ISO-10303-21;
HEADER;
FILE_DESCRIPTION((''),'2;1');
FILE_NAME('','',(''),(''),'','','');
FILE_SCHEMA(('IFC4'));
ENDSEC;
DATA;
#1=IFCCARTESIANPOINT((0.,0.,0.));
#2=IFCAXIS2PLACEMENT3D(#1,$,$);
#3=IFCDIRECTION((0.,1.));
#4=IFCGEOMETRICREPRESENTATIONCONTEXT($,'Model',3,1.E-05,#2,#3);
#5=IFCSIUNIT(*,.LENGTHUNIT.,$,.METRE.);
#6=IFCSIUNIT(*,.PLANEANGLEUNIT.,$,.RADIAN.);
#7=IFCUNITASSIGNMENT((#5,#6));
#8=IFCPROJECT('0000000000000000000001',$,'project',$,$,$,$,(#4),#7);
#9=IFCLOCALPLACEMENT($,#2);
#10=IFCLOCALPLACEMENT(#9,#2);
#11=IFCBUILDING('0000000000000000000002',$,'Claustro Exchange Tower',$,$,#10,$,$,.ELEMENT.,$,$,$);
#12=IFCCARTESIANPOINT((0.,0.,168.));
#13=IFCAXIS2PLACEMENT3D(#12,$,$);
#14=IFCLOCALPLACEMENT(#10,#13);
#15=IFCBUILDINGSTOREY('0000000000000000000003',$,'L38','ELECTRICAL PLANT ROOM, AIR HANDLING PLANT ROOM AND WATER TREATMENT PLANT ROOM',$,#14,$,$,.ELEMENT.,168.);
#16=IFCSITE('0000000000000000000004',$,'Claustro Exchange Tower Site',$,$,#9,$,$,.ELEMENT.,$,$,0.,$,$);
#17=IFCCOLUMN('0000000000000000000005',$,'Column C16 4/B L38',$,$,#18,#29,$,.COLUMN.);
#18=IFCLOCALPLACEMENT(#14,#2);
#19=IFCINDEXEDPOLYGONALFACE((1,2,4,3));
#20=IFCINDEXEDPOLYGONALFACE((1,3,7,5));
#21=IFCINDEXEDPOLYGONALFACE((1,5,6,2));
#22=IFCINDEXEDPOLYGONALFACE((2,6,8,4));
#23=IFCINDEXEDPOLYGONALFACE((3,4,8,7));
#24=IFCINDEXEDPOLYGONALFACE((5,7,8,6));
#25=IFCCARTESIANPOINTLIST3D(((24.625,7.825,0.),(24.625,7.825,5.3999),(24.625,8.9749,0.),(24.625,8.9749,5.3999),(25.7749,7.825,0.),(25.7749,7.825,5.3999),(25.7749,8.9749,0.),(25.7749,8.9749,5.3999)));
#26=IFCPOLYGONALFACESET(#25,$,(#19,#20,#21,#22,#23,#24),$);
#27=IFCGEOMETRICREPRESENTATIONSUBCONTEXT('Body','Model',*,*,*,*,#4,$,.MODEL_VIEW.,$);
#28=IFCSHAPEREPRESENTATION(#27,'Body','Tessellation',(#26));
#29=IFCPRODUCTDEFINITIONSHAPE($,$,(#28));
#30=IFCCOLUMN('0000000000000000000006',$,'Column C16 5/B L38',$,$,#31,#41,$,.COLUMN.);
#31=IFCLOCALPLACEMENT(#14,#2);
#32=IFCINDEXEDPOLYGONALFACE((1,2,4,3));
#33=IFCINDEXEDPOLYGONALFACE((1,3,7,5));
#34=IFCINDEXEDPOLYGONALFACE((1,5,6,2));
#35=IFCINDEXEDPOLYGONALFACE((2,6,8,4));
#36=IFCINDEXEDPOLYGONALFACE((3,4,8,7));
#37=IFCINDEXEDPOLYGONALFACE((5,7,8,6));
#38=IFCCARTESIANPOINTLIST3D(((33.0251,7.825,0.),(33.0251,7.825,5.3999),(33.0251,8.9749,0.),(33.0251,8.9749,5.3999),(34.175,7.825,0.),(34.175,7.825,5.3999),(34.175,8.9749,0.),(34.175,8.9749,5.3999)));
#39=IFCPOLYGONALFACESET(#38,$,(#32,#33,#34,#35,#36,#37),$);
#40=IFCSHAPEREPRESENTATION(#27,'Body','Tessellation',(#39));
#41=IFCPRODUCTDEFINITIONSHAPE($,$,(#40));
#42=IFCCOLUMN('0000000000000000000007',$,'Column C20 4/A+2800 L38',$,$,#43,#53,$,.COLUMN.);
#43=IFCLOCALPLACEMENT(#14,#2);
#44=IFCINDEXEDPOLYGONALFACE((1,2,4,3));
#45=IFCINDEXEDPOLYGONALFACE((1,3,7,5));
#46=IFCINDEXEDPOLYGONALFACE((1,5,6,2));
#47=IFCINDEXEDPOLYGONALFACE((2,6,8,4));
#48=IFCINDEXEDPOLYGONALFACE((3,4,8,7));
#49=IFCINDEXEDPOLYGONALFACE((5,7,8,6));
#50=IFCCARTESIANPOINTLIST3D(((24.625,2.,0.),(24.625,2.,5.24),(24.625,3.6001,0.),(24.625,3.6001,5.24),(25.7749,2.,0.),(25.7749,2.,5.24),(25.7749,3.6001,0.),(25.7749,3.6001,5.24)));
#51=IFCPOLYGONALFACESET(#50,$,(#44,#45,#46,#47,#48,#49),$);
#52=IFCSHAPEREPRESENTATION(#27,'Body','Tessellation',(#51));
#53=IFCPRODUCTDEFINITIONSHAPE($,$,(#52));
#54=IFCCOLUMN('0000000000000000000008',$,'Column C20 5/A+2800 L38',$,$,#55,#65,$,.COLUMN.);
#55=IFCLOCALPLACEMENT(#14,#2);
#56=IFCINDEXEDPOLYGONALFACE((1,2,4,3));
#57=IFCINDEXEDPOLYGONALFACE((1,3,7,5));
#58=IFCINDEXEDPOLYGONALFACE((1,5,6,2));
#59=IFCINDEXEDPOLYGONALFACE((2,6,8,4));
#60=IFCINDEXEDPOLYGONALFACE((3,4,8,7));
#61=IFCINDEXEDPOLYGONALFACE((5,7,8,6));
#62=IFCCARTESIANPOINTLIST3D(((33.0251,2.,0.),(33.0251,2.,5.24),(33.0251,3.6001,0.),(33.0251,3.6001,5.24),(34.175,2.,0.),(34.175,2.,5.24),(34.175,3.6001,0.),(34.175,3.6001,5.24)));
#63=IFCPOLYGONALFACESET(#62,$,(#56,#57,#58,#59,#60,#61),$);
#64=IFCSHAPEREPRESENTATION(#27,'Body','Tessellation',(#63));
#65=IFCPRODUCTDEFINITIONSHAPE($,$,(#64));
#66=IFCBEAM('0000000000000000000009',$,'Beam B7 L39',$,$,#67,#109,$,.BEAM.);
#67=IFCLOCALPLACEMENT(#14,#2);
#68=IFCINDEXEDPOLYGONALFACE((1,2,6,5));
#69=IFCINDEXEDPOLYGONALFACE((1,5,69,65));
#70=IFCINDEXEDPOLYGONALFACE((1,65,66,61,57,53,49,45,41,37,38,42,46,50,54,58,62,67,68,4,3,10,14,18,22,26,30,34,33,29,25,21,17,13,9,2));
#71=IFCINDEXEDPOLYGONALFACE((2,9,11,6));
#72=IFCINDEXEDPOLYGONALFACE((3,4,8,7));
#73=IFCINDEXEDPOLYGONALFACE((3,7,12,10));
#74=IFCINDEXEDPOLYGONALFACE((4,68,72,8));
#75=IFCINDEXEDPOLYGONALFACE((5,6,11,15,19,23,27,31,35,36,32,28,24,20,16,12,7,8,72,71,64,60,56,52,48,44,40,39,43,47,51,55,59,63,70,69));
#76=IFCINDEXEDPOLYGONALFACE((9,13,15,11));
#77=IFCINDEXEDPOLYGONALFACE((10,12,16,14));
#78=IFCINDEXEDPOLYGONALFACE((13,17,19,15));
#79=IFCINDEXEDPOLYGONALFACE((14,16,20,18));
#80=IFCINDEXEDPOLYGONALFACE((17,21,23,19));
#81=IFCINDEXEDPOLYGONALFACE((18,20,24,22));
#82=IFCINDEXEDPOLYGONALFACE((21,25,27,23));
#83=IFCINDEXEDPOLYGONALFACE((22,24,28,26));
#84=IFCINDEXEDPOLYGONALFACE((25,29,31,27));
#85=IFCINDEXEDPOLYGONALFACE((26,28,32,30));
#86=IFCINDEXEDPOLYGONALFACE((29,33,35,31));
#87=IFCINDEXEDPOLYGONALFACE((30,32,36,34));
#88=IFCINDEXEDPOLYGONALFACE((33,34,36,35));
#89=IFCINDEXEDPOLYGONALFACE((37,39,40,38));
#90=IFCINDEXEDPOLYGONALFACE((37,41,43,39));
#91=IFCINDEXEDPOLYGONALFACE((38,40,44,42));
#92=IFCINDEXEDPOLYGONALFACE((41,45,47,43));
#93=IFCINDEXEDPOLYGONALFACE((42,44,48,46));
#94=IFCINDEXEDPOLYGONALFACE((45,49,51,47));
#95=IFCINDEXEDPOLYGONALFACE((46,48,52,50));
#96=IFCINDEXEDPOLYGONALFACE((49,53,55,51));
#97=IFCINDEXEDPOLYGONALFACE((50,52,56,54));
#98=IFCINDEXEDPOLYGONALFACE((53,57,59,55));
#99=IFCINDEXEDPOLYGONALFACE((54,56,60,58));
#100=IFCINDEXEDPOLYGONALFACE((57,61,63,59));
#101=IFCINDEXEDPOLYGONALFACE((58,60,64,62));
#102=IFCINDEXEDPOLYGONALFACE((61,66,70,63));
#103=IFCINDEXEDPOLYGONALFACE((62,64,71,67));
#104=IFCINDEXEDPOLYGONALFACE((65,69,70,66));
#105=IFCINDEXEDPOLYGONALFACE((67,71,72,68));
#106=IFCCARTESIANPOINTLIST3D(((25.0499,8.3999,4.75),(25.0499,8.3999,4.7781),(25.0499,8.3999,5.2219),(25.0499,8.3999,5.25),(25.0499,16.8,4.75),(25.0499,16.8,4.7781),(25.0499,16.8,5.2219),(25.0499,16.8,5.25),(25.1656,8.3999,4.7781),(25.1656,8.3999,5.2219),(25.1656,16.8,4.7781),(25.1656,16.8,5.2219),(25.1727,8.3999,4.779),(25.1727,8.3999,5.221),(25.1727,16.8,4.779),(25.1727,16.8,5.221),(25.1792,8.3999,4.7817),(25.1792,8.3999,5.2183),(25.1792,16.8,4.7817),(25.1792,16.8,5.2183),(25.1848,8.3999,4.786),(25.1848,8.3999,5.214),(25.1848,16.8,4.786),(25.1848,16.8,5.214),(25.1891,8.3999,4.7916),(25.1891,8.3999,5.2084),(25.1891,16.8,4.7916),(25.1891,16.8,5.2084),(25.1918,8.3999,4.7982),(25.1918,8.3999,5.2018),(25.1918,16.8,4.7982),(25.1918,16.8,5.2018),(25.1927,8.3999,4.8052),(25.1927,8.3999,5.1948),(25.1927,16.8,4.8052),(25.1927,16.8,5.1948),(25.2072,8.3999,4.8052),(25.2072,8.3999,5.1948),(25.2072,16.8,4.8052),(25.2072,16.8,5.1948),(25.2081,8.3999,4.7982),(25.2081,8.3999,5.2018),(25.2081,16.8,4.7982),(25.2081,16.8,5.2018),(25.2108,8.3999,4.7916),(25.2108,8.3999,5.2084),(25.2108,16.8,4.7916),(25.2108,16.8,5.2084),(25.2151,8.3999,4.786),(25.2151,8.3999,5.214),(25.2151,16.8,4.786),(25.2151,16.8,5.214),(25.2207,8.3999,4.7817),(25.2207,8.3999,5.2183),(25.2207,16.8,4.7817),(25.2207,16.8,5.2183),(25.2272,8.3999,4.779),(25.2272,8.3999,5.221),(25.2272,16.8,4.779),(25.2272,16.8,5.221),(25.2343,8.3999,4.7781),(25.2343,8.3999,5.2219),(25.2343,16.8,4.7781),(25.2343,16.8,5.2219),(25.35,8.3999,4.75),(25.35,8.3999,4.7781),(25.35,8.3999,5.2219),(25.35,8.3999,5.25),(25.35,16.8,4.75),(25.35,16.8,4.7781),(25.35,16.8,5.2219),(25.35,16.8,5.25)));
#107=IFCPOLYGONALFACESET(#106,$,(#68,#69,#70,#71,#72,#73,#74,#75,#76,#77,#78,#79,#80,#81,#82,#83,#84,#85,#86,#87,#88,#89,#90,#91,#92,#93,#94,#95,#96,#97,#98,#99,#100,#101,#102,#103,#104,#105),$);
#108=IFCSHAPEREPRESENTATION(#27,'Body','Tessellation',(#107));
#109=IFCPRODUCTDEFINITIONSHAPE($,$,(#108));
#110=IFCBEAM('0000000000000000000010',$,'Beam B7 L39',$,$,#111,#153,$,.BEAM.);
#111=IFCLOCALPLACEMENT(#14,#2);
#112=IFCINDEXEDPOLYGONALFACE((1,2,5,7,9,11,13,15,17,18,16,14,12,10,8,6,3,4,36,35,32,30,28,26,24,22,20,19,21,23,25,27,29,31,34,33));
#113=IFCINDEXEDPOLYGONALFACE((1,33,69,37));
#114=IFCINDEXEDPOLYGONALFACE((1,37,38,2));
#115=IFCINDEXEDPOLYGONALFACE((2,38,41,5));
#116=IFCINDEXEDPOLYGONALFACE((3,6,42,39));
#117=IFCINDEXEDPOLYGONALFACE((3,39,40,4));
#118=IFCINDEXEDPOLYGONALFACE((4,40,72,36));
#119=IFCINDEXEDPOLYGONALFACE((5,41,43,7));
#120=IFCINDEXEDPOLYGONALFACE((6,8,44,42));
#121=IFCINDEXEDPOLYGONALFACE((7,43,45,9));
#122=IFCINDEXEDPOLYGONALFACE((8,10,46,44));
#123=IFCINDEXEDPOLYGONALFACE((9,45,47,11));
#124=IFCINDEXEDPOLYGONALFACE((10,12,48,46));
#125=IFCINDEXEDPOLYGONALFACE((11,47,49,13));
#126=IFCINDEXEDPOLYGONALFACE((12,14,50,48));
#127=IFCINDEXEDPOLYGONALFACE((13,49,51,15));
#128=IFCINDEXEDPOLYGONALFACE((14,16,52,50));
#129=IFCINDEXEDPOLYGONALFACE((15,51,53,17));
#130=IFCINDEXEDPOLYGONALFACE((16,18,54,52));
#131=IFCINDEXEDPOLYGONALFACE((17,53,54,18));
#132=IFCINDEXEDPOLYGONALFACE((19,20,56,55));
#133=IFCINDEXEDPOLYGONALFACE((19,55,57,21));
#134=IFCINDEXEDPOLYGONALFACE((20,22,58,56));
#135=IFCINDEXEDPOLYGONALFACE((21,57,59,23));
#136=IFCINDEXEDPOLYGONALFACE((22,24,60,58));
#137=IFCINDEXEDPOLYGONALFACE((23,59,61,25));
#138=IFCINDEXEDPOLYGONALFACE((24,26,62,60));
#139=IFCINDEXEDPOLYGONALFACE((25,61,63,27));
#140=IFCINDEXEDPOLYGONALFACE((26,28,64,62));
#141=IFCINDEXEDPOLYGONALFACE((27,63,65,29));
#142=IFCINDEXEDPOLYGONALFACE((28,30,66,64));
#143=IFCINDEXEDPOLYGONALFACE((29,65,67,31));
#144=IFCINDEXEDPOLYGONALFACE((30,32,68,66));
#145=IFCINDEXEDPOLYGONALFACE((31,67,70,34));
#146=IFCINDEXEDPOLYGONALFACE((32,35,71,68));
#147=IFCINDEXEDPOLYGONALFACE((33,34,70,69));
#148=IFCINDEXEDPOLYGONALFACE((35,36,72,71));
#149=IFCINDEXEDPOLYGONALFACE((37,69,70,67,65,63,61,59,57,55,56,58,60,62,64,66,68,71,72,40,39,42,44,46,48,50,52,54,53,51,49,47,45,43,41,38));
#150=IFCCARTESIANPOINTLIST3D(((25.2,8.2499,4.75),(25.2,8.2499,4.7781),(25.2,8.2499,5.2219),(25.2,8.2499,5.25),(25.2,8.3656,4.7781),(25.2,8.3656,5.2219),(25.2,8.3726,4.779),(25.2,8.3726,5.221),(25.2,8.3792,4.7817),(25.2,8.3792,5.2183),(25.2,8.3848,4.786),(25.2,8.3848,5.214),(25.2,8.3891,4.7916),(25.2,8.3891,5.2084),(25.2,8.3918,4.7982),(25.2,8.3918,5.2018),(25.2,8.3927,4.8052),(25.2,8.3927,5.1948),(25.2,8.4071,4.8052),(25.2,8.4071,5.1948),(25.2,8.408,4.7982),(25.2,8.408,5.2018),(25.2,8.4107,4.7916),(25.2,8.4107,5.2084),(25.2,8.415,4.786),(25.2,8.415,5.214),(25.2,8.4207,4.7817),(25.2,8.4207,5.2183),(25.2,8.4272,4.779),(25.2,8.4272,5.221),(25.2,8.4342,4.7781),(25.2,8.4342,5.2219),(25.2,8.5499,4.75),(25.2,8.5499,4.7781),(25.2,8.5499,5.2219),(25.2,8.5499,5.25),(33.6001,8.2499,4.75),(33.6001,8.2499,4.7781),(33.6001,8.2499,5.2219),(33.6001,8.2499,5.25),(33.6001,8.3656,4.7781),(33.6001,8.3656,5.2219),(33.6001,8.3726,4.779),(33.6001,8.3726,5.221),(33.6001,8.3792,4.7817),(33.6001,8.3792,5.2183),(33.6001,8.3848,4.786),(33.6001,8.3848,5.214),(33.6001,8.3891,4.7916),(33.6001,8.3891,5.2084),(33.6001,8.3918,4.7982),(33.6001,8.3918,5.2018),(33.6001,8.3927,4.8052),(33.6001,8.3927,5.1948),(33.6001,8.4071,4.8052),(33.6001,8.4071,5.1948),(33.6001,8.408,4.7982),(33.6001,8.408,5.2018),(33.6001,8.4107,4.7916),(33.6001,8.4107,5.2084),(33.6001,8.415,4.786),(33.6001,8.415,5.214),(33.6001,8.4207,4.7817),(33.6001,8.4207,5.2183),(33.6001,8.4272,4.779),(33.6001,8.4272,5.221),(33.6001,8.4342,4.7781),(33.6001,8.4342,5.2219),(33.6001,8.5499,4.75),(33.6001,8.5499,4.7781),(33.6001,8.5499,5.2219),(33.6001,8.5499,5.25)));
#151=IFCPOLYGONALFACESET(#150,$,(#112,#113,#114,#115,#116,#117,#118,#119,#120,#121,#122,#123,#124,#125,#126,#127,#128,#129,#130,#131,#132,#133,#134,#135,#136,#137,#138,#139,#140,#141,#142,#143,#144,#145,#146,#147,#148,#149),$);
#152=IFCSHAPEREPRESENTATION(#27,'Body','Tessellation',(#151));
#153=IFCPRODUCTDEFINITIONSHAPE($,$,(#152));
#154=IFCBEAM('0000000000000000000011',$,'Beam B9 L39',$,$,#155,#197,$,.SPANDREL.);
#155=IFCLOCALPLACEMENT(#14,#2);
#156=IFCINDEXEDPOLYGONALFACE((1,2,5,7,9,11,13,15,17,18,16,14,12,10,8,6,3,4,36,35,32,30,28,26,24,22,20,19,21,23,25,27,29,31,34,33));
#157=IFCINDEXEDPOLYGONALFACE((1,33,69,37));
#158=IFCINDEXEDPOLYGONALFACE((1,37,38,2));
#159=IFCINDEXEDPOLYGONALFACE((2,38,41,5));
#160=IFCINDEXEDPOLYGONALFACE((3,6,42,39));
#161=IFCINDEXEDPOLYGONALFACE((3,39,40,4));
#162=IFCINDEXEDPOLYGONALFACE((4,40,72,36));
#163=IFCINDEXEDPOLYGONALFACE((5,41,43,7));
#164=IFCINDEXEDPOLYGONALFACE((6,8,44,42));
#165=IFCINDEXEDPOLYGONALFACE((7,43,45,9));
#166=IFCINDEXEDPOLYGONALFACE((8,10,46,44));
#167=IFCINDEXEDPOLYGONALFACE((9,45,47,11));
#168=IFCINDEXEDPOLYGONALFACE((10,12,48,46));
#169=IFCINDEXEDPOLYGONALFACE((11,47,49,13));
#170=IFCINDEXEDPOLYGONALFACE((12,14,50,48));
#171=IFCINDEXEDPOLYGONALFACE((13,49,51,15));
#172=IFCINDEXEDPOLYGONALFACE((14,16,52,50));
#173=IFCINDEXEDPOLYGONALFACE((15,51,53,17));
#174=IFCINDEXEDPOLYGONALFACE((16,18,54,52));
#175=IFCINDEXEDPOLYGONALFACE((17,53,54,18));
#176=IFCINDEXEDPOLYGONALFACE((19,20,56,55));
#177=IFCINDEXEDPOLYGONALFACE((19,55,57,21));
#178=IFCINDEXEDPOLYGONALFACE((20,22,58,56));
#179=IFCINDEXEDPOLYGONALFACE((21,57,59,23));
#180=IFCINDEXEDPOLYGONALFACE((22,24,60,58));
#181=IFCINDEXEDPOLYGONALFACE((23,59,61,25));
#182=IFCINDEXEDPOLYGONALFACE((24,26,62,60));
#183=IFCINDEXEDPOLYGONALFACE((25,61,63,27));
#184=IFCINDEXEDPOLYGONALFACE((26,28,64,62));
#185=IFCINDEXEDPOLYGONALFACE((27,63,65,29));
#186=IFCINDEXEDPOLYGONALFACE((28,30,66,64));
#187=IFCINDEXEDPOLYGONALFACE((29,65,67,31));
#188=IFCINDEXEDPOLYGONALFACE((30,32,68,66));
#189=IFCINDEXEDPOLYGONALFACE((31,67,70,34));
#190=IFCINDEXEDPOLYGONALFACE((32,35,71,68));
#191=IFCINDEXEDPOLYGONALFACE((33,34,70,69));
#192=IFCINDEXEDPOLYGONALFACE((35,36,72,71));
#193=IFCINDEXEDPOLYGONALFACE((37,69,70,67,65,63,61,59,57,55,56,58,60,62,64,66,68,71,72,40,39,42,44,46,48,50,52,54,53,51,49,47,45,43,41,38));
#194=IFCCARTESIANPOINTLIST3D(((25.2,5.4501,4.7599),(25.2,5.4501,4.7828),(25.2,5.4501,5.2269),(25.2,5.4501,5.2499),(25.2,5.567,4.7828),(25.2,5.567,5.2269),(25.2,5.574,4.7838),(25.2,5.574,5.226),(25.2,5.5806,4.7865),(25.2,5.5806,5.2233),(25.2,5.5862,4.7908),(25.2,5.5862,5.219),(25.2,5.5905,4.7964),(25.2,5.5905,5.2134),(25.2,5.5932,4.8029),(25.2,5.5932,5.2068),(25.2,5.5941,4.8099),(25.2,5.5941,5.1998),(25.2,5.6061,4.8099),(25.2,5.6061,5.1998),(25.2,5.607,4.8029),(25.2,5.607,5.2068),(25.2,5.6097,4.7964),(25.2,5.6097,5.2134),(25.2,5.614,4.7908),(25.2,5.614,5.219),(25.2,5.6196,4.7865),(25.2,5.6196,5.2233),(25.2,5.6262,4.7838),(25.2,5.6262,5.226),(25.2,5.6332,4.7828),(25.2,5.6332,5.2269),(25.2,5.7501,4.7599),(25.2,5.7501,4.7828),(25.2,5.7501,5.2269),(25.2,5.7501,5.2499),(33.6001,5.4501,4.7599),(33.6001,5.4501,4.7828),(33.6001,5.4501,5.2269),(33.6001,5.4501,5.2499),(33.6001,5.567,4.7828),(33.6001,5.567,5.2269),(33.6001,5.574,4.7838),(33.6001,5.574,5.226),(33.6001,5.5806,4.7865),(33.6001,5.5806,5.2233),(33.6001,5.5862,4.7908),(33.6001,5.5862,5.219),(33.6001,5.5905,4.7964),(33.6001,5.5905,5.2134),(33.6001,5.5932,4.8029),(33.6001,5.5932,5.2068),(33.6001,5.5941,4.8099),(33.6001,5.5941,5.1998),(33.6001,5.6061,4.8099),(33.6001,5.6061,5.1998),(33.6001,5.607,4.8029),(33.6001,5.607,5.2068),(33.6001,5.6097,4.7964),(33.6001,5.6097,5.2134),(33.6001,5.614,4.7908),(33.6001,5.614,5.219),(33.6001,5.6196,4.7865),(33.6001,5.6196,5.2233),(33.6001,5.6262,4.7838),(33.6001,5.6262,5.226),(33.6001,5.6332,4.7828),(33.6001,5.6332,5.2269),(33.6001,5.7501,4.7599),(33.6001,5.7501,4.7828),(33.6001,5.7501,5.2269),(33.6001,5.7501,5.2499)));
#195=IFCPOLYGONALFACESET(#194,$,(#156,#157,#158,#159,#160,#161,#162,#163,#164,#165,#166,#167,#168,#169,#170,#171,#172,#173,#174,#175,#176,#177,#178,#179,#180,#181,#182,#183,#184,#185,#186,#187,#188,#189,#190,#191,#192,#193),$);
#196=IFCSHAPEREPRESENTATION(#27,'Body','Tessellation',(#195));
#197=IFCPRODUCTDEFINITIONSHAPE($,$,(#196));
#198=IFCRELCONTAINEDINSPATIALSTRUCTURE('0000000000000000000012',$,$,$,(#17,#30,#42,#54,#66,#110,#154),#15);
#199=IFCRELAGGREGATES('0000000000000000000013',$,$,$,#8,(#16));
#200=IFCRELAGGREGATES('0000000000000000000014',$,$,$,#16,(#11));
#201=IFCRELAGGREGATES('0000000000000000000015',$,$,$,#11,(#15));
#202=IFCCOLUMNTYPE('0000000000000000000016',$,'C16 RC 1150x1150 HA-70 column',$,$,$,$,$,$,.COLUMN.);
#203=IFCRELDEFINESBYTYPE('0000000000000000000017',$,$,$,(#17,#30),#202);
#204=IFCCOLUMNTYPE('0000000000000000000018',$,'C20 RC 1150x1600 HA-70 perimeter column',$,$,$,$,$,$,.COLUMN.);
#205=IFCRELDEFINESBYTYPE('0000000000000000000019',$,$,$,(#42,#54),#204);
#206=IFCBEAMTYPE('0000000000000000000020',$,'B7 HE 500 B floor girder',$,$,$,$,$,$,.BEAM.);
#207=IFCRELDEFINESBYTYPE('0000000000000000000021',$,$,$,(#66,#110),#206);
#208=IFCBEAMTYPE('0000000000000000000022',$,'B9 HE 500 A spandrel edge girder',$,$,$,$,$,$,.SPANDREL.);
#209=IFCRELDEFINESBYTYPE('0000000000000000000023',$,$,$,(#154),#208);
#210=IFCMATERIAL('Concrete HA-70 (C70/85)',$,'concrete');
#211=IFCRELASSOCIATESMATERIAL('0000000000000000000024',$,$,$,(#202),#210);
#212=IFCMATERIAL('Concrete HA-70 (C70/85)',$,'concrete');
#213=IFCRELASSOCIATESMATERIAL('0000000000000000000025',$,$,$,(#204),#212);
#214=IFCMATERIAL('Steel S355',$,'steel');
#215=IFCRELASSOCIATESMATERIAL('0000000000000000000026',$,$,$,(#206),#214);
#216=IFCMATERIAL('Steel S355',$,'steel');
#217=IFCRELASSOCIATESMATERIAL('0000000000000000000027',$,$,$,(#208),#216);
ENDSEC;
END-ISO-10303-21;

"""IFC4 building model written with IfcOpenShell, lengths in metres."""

from ifc_helpers import new_model, si_unit, direction, frame, origin, origin_2d, place, context, subcontext, project, spatial, rectangle, i_section, extrude, material, material_profile, profile_set, type_object, element, save


model = new_model("IFC4")

# Units and contexts
model_context = context("Model", 3, precision=1e-05, world=origin(), true_north=direction((0.0, 1.0)))
body_context = subcontext(model_context, "Body", "Model", "MODEL_VIEW")
ifc_project = project(units=[si_unit("LENGTHUNIT", "METRE"), si_unit("PLANEANGLEUNIT", "RADIAN")], contexts=[model_context])

# Site, building, storey
site_placement = place(None, origin())
site = spatial("IfcSite", under=ifc_project, at=site_placement, Name="Claustro Exchange Tower Site", CompositionType="ELEMENT", RefElevation=0.0)
building_placement = place(site_placement, origin())
building = spatial("IfcBuilding", under=site, at=building_placement, Name="Claustro Exchange Tower", CompositionType="ELEMENT")
storey_placement = place(building_placement, frame((0.0, 0.0, 168.0)))
storey = spatial("IfcBuildingStorey", under=building, at=storey_placement, Name="L38", Description="ELECTRICAL PLANT ROOM, AIR HANDLING PLANT ROOM AND WATER TREATMENT PLANT ROOM", CompositionType="ELEMENT", Elevation=168.0)

# Columns
ifc_material_1 = material(Name="Concrete HA-70 (C70/85)", Category="concrete")
ifc_material_profile_1 = material_profile(ifc_material_1, rectangle(XDim=1.1499, YDim=1.1499, at=origin_2d()), Name="RC 1150x1150")
ifc_profile_set_1 = profile_set([ifc_material_profile_1], Name="Concrete HA-70 (C70/85)")
column_type_1 = type_object("IfcColumnType", Name="C16 RC 1150x1150 HA-70 column", PredefinedType="COLUMN", material=ifc_profile_set_1)
for number, where, z_axis, x_axis, name in (
    (1, (25.2, 8.3999, 0.0), (0.0, 0.0, 1.0), (1.0, 0.0, 0.0), "Column C16 4/B L38"),
    (2, (33.6001, 8.3999, 0.0), (0.0, 0.0, 1.0), (1.0, 0.0, 0.0), "Column C16 5/B L38"),
):
    element("IfcColumn", number, at=place(storey_placement, frame(where, z_axis=z_axis, x_axis=x_axis)), inside=storey, type_object=column_type_1, Name=name, PredefinedType="COLUMN", context=body_context, shape_type="SweptSolid", body=[
        extrude(rectangle(XDim=1.1499, YDim=1.1499, at=origin_2d()), origin(), (0.0, 0.0, 1.0), 5.3999),
    ])
ifc_material_2 = material(Name="Concrete HA-70 (C70/85)", Category="concrete")
ifc_material_profile_2 = material_profile(ifc_material_2, rectangle(XDim=1.1499, YDim=1.6001, at=origin_2d()), Name="RC 1150x1600")
ifc_profile_set_2 = profile_set([ifc_material_profile_2], Name="Concrete HA-70 (C70/85)")
column_type_2 = type_object("IfcColumnType", Name="C20 RC 1150x1600 HA-70 perimeter column", PredefinedType="COLUMN", material=ifc_profile_set_2)
for number, where, z_axis, x_axis, name in (
    (3, (25.2, 2.8, 0.0), (0.0, 0.0, 1.0), (1.0, 0.0, 0.0), "Column C20 4/A+2800 L38"),
    (4, (33.6001, 2.8, 0.0), (0.0, 0.0, 1.0), (1.0, 0.0, 0.0), "Column C20 5/A+2800 L38"),
):
    element("IfcColumn", number, at=place(storey_placement, frame(where, z_axis=z_axis, x_axis=x_axis)), inside=storey, type_object=column_type_2, Name=name, PredefinedType="COLUMN", context=body_context, shape_type="SweptSolid", body=[
        extrude(rectangle(XDim=1.1499, YDim=1.6001, at=origin_2d()), origin(), (0.0, 0.0, 1.0), 5.24),
    ])

# Beams
ifc_material_3 = material(Name="Steel S355", Category="steel")
ifc_material_profile_3 = material_profile(ifc_material_3, i_section(OverallWidth=0.3, OverallDepth=0.5, WebThickness=0.0144, FlangeThickness=0.0281, FilletRadius=0.0271, at=origin_2d()), Name="HE 500 B")
ifc_profile_set_3 = profile_set([ifc_material_profile_3], Name="Steel S355")
beam_type_1 = type_object("IfcBeamType", Name="B7 HE 500 B floor girder", PredefinedType="BEAM", material=ifc_profile_set_3)
for number, where, z_axis, x_axis, name in (
    (5, (25.2, 8.3999, 5.0), (0.0, 1.0, 0.0), (-1.0, 0.0, 0.0), "Beam B7 L39"),
    (6, (25.2, 8.3999, 5.0), (1.0, 0.0, 0.0), (0.0, 1.0, 0.0), "Beam B7 L39"),
):
    element("IfcBeam", number, at=place(storey_placement, frame(where, z_axis=z_axis, x_axis=x_axis)), inside=storey, type_object=beam_type_1, Name=name, PredefinedType="BEAM", context=body_context, shape_type="SweptSolid", body=[
        extrude(i_section(OverallWidth=0.3, OverallDepth=0.5, WebThickness=0.0144, FlangeThickness=0.0281, FilletRadius=0.0271, at=origin_2d()), origin(), (0.0, 0.0, 1.0), 8.4001),
    ])
ifc_material_4 = material(Name="Steel S355", Category="steel")
ifc_material_profile_4 = material_profile(ifc_material_4, i_section(OverallWidth=0.3, OverallDepth=0.49, WebThickness=0.012, FlangeThickness=0.0229, FilletRadius=0.0271, at=origin_2d()), Name="HE 500 A")
ifc_profile_set_4 = profile_set([ifc_material_profile_4], Name="Steel S355")
beam_type_2 = type_object("IfcBeamType", Name="B9 HE 500 A spandrel edge girder", PredefinedType="SPANDREL", material=ifc_profile_set_4)
beam_1_placement = place(storey_placement, frame((25.2, 5.6001, 5.0049), z_axis=(1.0, 0.0, 0.0), x_axis=(0.0, 1.0, 0.0)))
element("IfcBeam", 7, at=beam_1_placement, inside=storey, type_object=beam_type_2, Name="Beam B9 L39", PredefinedType="SPANDREL", context=body_context, shape_type="SweptSolid", body=[
    extrude(i_section(OverallWidth=0.3, OverallDepth=0.49, WebThickness=0.012, FlangeThickness=0.0229, FilletRadius=0.0271, at=origin_2d()), origin(), (0.0, 0.0, 1.0), 8.4001),
])

save(model, "model.ifc")
